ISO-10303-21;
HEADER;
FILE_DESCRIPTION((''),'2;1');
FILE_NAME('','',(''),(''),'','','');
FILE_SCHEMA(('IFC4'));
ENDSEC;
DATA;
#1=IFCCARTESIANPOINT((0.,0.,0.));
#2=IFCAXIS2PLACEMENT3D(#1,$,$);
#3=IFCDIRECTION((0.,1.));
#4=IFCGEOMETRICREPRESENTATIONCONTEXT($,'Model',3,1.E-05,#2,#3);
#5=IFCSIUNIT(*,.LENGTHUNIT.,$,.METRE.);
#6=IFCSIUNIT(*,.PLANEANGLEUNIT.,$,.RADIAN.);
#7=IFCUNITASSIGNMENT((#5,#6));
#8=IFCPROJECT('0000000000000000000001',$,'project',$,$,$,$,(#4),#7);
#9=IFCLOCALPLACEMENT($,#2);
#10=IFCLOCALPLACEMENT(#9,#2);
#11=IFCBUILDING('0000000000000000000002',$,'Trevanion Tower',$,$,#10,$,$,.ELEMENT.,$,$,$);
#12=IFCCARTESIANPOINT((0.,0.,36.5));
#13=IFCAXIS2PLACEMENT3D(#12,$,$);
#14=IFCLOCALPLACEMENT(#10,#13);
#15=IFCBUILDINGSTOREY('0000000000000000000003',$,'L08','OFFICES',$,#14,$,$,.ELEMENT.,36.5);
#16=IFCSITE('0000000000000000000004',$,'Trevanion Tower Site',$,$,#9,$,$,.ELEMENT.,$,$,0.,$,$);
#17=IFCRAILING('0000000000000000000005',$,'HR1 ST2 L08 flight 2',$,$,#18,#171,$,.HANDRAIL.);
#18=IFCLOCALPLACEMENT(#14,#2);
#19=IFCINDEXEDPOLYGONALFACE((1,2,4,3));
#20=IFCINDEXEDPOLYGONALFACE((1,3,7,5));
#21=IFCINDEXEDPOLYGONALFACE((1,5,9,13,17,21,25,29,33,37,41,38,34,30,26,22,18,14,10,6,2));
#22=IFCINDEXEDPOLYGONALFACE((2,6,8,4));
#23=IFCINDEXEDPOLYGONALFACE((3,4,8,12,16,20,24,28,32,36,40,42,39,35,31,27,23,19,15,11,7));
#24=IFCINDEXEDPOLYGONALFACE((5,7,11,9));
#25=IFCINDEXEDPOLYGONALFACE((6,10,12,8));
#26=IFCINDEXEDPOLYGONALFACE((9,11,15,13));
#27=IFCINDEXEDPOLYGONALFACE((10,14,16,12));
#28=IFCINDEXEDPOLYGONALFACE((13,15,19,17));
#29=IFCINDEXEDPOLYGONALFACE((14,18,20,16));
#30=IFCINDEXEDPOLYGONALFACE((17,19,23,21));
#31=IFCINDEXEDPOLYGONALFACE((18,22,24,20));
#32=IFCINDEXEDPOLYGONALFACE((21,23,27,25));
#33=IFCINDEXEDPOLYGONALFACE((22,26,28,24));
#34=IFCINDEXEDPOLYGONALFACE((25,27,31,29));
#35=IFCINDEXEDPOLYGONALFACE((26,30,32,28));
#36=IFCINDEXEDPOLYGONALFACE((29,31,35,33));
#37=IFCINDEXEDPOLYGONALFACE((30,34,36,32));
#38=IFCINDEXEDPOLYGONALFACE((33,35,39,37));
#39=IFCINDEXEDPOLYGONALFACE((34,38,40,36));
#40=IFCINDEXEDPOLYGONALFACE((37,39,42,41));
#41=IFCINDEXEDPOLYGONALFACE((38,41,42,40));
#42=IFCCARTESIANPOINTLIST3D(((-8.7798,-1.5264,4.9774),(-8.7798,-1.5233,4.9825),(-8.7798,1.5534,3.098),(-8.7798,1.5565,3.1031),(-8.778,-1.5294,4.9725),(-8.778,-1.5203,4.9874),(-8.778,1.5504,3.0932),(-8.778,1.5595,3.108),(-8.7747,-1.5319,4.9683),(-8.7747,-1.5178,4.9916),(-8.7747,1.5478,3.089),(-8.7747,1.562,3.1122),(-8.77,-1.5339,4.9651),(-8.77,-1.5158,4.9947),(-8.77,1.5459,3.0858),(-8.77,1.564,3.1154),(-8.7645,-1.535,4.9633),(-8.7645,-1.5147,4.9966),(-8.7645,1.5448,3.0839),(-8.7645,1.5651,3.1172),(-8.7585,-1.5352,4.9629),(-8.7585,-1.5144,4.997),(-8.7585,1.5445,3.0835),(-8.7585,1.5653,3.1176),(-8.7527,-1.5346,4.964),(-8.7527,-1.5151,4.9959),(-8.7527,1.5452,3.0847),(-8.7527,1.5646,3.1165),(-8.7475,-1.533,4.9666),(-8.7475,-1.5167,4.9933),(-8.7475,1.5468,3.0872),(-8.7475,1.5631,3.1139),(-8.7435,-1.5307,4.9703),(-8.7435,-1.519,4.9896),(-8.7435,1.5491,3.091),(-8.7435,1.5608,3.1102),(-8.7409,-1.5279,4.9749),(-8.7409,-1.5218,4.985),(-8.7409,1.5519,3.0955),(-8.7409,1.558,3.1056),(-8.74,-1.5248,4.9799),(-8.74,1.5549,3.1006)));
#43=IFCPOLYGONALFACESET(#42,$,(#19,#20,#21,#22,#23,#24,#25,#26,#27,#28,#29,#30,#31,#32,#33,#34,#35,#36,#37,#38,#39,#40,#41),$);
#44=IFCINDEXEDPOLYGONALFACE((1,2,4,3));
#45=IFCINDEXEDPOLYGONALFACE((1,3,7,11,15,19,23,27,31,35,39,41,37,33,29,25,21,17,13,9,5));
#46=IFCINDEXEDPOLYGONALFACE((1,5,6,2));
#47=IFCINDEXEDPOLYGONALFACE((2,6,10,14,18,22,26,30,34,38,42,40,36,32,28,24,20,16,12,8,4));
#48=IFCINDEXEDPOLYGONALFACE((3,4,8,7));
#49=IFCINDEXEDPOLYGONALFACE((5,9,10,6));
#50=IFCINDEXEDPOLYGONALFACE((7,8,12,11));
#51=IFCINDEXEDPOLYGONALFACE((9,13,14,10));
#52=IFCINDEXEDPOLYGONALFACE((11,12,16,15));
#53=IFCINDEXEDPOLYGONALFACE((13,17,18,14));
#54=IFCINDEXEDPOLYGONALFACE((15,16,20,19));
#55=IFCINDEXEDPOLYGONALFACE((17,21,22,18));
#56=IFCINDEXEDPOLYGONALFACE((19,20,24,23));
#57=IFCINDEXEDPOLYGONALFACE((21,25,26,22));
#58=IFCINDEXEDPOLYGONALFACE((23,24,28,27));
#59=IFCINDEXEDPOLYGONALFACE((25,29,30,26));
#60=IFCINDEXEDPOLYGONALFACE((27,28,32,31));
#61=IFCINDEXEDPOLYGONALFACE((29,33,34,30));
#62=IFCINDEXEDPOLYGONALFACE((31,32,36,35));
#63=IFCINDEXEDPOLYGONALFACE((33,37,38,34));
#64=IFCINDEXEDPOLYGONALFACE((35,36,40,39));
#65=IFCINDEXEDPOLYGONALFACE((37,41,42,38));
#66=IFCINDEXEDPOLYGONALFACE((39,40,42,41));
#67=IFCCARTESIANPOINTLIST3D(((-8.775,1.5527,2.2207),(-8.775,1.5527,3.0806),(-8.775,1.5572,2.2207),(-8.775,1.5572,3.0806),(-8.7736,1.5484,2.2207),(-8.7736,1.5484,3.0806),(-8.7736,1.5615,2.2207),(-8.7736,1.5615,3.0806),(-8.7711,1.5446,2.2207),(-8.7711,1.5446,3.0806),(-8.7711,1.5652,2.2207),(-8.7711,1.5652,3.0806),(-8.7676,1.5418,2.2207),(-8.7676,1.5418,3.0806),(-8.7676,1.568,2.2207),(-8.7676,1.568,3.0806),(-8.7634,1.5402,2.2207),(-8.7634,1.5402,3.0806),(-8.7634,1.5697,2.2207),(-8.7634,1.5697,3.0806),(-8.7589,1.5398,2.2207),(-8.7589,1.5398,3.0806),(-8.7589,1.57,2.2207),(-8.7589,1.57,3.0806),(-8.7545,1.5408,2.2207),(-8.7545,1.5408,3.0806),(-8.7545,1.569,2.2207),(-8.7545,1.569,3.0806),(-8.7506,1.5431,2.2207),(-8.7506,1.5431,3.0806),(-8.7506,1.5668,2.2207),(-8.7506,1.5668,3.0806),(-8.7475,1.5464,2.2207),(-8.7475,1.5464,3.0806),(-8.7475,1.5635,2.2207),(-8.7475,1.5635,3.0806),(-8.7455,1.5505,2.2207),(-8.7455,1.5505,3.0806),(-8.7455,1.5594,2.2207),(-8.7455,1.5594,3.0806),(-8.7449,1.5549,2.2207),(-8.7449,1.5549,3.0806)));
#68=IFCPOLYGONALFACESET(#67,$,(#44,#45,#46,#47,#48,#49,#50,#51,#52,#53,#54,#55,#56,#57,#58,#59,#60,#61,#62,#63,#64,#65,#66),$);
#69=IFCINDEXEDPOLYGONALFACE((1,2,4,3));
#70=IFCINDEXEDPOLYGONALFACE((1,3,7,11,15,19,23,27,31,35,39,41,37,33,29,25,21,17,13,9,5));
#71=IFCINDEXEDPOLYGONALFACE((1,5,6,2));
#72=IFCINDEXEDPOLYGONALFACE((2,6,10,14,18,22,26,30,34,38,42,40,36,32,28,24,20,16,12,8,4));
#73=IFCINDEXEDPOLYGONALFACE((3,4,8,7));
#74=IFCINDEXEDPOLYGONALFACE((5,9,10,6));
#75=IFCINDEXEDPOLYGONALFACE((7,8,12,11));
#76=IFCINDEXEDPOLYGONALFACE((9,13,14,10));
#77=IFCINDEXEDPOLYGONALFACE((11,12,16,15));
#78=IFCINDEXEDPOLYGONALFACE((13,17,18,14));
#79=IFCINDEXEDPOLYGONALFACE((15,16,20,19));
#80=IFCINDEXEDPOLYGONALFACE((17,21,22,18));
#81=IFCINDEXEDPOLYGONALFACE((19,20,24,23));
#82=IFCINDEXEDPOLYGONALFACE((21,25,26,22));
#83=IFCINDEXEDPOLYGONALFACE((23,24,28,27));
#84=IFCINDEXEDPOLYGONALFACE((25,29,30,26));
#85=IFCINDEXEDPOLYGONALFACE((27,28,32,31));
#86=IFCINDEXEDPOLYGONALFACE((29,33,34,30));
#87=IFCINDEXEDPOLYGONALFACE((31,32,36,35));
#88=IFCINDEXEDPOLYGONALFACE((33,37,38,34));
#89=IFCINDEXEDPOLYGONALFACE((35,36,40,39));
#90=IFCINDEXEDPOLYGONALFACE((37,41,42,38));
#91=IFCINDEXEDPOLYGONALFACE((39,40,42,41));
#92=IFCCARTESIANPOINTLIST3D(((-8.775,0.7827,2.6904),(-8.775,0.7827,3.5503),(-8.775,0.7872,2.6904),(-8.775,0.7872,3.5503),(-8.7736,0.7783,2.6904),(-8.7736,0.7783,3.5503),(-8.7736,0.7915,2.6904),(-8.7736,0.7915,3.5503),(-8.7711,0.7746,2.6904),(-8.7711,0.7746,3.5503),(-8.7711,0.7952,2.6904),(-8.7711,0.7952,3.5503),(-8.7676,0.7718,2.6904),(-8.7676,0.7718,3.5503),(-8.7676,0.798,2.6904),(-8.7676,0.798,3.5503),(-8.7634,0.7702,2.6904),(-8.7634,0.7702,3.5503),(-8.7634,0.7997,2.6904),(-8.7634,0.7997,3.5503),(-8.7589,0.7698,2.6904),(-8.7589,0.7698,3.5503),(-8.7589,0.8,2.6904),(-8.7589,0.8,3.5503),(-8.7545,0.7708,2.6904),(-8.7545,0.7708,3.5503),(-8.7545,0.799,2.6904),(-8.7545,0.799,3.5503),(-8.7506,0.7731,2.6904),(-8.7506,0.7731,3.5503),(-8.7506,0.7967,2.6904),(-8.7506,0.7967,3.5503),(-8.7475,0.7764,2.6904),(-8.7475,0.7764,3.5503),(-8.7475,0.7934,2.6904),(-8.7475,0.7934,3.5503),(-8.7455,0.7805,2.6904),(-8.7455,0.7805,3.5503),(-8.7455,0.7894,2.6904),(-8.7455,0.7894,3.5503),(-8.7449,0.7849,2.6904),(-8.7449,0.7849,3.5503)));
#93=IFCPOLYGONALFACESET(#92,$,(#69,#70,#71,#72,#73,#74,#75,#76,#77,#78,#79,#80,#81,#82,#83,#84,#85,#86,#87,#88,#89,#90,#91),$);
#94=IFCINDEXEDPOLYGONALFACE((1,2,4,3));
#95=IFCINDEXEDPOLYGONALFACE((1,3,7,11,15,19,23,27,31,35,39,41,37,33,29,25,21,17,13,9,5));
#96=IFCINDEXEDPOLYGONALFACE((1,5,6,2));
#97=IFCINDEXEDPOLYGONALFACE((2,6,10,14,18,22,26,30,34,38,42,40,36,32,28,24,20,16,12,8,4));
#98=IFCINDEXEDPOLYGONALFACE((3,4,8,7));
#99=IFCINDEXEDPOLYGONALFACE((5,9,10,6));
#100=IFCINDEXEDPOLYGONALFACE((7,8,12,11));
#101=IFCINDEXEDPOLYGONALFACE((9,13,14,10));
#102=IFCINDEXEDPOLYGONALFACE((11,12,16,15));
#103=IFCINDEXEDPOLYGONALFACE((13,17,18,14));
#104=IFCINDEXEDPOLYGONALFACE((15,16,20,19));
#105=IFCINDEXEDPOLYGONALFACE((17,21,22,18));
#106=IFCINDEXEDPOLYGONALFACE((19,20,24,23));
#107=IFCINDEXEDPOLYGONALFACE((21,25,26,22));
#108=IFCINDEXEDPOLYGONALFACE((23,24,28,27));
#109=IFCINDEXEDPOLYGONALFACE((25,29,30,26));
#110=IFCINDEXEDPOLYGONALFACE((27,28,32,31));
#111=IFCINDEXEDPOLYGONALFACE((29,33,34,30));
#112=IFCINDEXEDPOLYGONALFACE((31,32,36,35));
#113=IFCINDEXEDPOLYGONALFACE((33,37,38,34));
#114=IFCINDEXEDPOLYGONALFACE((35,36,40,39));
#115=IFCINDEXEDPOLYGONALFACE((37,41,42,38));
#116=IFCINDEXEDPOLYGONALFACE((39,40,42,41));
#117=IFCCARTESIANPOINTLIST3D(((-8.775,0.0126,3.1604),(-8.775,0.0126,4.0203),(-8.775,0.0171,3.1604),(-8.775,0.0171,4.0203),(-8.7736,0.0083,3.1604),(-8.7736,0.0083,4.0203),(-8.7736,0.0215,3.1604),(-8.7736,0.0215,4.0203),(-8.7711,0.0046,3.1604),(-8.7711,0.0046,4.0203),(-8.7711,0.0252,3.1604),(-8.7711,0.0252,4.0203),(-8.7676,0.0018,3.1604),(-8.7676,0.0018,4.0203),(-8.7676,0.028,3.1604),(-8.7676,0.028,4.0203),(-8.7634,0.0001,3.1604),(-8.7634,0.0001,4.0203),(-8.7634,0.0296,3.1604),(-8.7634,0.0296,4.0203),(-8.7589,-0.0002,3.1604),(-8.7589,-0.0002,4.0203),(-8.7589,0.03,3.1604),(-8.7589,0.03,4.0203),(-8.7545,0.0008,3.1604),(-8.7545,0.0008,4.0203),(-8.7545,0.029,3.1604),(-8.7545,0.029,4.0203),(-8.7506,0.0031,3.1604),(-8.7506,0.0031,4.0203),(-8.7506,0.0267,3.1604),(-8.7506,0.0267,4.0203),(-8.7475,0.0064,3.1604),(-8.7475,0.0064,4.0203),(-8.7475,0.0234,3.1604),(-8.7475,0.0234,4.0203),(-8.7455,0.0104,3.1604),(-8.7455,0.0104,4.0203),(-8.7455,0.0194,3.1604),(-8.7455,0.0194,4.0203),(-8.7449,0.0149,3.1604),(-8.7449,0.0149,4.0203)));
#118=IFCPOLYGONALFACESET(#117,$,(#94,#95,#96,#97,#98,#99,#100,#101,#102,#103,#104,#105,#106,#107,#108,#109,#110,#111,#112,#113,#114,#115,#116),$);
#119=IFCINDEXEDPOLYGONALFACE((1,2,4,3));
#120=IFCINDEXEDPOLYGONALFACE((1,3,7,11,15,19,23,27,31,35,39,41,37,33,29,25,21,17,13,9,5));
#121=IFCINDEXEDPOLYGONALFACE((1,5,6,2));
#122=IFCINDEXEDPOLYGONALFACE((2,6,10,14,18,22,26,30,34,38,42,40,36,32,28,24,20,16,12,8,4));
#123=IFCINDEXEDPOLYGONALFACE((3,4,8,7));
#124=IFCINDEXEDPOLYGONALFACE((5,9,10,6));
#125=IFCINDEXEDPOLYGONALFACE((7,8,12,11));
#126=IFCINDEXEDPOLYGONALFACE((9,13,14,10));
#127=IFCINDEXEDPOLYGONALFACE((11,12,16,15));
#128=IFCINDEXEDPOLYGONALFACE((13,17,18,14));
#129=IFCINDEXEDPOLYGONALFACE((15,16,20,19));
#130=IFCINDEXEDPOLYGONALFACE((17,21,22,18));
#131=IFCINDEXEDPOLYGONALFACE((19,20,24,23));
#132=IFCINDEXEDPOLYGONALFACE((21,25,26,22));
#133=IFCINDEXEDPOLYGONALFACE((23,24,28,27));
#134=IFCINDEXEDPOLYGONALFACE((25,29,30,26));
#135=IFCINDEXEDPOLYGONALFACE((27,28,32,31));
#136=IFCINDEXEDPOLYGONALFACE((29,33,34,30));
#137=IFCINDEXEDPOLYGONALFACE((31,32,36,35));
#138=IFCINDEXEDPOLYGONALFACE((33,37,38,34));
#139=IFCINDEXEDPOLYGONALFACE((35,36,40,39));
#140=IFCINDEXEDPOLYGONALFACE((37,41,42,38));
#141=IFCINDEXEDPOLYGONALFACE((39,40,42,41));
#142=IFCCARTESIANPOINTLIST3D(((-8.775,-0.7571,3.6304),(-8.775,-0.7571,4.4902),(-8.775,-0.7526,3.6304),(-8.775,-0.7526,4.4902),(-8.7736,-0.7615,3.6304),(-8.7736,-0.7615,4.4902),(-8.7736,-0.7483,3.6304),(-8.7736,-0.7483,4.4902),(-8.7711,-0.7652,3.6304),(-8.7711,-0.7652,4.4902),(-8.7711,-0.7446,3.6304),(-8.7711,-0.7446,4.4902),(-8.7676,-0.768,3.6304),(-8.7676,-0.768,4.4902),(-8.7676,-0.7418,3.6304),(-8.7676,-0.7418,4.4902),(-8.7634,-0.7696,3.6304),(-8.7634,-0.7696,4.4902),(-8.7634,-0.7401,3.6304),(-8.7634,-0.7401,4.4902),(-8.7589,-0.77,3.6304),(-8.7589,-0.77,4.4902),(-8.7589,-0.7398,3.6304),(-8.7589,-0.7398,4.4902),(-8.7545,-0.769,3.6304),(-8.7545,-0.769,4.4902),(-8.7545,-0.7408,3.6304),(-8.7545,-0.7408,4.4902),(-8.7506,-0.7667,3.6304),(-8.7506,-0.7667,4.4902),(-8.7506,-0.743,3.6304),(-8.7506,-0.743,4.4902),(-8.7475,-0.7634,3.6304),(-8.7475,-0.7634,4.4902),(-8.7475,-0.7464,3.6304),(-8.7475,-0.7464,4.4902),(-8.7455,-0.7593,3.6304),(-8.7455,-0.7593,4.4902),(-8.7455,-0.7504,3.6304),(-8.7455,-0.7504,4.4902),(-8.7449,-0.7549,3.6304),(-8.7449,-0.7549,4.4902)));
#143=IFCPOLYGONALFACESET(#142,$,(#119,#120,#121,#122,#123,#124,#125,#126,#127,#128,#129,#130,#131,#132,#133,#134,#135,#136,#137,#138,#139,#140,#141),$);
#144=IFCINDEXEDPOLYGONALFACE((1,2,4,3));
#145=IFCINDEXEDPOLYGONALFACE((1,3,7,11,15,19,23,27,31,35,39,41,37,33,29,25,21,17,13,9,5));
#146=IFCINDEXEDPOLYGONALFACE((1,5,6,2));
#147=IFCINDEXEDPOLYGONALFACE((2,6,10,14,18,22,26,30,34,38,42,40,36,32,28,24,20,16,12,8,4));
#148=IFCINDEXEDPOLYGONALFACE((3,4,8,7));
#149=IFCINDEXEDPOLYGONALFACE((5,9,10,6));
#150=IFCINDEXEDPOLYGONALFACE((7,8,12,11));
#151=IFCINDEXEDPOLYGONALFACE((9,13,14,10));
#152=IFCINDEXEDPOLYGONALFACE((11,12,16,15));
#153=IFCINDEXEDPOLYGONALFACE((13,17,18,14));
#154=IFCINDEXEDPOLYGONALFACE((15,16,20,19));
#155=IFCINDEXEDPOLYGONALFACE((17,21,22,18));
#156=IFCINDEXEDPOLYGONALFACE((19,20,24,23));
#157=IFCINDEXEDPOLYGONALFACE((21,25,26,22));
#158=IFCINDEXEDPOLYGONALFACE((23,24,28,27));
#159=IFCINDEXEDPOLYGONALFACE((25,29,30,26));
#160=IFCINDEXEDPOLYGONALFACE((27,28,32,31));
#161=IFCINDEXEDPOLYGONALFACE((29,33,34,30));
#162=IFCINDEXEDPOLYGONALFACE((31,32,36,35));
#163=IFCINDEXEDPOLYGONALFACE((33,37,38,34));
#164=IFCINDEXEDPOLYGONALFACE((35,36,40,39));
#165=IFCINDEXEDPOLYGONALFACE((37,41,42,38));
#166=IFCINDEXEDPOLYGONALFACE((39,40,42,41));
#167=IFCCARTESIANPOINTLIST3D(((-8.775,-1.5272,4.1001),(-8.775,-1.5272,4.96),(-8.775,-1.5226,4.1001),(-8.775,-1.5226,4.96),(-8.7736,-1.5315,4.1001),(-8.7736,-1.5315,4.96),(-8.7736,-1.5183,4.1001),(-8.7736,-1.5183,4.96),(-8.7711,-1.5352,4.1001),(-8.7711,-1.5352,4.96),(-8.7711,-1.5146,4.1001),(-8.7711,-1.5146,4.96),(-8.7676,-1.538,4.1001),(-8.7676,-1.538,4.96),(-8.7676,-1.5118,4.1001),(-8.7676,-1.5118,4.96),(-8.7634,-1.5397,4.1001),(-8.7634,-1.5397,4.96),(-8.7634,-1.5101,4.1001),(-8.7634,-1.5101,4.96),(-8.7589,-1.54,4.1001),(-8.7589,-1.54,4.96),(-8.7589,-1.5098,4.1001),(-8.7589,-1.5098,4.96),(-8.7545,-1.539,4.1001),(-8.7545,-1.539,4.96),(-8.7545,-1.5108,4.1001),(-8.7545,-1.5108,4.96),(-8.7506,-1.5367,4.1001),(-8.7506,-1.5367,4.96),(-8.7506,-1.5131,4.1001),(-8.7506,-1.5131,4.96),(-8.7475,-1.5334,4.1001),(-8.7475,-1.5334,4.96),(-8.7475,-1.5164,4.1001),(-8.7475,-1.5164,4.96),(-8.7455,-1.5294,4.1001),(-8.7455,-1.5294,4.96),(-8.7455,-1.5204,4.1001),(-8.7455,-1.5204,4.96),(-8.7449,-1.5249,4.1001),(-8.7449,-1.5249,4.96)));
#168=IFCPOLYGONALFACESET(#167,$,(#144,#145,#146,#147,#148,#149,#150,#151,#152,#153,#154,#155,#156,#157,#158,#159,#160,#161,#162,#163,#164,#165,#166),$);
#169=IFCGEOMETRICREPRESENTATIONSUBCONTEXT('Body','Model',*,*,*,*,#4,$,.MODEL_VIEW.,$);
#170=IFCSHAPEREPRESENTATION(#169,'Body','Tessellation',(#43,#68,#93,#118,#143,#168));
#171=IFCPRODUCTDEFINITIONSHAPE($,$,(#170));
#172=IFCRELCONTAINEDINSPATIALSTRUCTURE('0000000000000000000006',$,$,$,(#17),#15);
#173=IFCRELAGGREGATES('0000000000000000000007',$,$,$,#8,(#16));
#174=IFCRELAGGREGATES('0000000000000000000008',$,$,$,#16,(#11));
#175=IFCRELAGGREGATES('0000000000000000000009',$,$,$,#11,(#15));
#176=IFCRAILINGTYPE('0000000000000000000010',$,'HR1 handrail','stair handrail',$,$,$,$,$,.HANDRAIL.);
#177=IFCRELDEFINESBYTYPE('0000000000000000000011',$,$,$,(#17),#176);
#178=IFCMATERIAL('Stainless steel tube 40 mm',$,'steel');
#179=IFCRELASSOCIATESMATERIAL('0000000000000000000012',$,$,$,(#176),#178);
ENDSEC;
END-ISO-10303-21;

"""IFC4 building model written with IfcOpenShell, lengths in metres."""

from ifc_helpers import new_model, si_unit, direction, frame, origin, origin_2d, place, context, subcontext, project, spatial, circle, extrude, material, type_object, element, save


model = new_model("IFC4")

# Units and contexts
model_context = context("Model", 3, precision=1e-05, world=origin(), true_north=direction((0.0, 1.0)))
body_context = subcontext(model_context, "Body", "Model", "MODEL_VIEW")
ifc_project = project(units=[si_unit("LENGTHUNIT", "METRE"), si_unit("PLANEANGLEUNIT", "RADIAN")], contexts=[model_context])

# Site, building, storey
site_placement = place(None, origin())
site = spatial("IfcSite", under=ifc_project, at=site_placement, Name="Trevanion Tower Site", CompositionType="ELEMENT", RefElevation=0.0)
building_placement = place(site_placement, origin())
building = spatial("IfcBuilding", under=site, at=building_placement, Name="Trevanion Tower", CompositionType="ELEMENT")
storey_placement = place(building_placement, frame((0.0, 0.0, 36.5)))
storey = spatial("IfcBuildingStorey", under=building, at=storey_placement, Name="L08", Description="OFFICES", CompositionType="ELEMENT", Elevation=36.5)

# Railing
ifc_material_1 = material(Name="Stainless steel tube 40 mm", Category="steel")
railing_type = type_object("IfcRailingType", Name="HR1 handrail", Description="stair handrail", PredefinedType="HANDRAIL", material=ifc_material_1)
for number, where, name in (
    (1, (-8.76, 1.5549, 2.2207), "HR1 ST2 L08 flight 2"),
):
    element("IfcRailing", number, at=place(storey_placement, frame(where)), inside=storey, type_object=railing_type, Name=name, PredefinedType="HANDRAIL", context=body_context, shape_type="SweptSolid", body=[
        extrude(circle(Radius=0.02, at=origin_2d()), frame((0.0, 0.0, 0.8799), z_axis=(0.0, -0.853618, 0.5209), x_axis=(1.0, 0.0, 0.0)), (0.0, 0.0, 1.0), 3.6079),
        extrude(circle(Radius=0.0151, at=origin_2d()), origin(), (0.0, 0.0, 1.0), 0.8599),
        extrude(circle(Radius=0.0151, at=origin_2d()), frame((0.0, -0.77, 0.4697)), (0.0, 0.0, 1.0), 0.8599),
        extrude(circle(Radius=0.0151, at=origin_2d()), frame((0.0, -1.54, 0.9397)), (0.0, 0.0, 1.0), 0.8599),
        extrude(circle(Radius=0.0151, at=origin_2d()), frame((0.0, -2.3098, 1.4097)), (0.0, 0.0, 1.0), 0.8599),
        extrude(circle(Radius=0.0151, at=origin_2d()), frame((0.0, -3.0798, 1.8794)), (0.0, 0.0, 1.0), 0.8599),
    ])

save(model, "model.ifc")
